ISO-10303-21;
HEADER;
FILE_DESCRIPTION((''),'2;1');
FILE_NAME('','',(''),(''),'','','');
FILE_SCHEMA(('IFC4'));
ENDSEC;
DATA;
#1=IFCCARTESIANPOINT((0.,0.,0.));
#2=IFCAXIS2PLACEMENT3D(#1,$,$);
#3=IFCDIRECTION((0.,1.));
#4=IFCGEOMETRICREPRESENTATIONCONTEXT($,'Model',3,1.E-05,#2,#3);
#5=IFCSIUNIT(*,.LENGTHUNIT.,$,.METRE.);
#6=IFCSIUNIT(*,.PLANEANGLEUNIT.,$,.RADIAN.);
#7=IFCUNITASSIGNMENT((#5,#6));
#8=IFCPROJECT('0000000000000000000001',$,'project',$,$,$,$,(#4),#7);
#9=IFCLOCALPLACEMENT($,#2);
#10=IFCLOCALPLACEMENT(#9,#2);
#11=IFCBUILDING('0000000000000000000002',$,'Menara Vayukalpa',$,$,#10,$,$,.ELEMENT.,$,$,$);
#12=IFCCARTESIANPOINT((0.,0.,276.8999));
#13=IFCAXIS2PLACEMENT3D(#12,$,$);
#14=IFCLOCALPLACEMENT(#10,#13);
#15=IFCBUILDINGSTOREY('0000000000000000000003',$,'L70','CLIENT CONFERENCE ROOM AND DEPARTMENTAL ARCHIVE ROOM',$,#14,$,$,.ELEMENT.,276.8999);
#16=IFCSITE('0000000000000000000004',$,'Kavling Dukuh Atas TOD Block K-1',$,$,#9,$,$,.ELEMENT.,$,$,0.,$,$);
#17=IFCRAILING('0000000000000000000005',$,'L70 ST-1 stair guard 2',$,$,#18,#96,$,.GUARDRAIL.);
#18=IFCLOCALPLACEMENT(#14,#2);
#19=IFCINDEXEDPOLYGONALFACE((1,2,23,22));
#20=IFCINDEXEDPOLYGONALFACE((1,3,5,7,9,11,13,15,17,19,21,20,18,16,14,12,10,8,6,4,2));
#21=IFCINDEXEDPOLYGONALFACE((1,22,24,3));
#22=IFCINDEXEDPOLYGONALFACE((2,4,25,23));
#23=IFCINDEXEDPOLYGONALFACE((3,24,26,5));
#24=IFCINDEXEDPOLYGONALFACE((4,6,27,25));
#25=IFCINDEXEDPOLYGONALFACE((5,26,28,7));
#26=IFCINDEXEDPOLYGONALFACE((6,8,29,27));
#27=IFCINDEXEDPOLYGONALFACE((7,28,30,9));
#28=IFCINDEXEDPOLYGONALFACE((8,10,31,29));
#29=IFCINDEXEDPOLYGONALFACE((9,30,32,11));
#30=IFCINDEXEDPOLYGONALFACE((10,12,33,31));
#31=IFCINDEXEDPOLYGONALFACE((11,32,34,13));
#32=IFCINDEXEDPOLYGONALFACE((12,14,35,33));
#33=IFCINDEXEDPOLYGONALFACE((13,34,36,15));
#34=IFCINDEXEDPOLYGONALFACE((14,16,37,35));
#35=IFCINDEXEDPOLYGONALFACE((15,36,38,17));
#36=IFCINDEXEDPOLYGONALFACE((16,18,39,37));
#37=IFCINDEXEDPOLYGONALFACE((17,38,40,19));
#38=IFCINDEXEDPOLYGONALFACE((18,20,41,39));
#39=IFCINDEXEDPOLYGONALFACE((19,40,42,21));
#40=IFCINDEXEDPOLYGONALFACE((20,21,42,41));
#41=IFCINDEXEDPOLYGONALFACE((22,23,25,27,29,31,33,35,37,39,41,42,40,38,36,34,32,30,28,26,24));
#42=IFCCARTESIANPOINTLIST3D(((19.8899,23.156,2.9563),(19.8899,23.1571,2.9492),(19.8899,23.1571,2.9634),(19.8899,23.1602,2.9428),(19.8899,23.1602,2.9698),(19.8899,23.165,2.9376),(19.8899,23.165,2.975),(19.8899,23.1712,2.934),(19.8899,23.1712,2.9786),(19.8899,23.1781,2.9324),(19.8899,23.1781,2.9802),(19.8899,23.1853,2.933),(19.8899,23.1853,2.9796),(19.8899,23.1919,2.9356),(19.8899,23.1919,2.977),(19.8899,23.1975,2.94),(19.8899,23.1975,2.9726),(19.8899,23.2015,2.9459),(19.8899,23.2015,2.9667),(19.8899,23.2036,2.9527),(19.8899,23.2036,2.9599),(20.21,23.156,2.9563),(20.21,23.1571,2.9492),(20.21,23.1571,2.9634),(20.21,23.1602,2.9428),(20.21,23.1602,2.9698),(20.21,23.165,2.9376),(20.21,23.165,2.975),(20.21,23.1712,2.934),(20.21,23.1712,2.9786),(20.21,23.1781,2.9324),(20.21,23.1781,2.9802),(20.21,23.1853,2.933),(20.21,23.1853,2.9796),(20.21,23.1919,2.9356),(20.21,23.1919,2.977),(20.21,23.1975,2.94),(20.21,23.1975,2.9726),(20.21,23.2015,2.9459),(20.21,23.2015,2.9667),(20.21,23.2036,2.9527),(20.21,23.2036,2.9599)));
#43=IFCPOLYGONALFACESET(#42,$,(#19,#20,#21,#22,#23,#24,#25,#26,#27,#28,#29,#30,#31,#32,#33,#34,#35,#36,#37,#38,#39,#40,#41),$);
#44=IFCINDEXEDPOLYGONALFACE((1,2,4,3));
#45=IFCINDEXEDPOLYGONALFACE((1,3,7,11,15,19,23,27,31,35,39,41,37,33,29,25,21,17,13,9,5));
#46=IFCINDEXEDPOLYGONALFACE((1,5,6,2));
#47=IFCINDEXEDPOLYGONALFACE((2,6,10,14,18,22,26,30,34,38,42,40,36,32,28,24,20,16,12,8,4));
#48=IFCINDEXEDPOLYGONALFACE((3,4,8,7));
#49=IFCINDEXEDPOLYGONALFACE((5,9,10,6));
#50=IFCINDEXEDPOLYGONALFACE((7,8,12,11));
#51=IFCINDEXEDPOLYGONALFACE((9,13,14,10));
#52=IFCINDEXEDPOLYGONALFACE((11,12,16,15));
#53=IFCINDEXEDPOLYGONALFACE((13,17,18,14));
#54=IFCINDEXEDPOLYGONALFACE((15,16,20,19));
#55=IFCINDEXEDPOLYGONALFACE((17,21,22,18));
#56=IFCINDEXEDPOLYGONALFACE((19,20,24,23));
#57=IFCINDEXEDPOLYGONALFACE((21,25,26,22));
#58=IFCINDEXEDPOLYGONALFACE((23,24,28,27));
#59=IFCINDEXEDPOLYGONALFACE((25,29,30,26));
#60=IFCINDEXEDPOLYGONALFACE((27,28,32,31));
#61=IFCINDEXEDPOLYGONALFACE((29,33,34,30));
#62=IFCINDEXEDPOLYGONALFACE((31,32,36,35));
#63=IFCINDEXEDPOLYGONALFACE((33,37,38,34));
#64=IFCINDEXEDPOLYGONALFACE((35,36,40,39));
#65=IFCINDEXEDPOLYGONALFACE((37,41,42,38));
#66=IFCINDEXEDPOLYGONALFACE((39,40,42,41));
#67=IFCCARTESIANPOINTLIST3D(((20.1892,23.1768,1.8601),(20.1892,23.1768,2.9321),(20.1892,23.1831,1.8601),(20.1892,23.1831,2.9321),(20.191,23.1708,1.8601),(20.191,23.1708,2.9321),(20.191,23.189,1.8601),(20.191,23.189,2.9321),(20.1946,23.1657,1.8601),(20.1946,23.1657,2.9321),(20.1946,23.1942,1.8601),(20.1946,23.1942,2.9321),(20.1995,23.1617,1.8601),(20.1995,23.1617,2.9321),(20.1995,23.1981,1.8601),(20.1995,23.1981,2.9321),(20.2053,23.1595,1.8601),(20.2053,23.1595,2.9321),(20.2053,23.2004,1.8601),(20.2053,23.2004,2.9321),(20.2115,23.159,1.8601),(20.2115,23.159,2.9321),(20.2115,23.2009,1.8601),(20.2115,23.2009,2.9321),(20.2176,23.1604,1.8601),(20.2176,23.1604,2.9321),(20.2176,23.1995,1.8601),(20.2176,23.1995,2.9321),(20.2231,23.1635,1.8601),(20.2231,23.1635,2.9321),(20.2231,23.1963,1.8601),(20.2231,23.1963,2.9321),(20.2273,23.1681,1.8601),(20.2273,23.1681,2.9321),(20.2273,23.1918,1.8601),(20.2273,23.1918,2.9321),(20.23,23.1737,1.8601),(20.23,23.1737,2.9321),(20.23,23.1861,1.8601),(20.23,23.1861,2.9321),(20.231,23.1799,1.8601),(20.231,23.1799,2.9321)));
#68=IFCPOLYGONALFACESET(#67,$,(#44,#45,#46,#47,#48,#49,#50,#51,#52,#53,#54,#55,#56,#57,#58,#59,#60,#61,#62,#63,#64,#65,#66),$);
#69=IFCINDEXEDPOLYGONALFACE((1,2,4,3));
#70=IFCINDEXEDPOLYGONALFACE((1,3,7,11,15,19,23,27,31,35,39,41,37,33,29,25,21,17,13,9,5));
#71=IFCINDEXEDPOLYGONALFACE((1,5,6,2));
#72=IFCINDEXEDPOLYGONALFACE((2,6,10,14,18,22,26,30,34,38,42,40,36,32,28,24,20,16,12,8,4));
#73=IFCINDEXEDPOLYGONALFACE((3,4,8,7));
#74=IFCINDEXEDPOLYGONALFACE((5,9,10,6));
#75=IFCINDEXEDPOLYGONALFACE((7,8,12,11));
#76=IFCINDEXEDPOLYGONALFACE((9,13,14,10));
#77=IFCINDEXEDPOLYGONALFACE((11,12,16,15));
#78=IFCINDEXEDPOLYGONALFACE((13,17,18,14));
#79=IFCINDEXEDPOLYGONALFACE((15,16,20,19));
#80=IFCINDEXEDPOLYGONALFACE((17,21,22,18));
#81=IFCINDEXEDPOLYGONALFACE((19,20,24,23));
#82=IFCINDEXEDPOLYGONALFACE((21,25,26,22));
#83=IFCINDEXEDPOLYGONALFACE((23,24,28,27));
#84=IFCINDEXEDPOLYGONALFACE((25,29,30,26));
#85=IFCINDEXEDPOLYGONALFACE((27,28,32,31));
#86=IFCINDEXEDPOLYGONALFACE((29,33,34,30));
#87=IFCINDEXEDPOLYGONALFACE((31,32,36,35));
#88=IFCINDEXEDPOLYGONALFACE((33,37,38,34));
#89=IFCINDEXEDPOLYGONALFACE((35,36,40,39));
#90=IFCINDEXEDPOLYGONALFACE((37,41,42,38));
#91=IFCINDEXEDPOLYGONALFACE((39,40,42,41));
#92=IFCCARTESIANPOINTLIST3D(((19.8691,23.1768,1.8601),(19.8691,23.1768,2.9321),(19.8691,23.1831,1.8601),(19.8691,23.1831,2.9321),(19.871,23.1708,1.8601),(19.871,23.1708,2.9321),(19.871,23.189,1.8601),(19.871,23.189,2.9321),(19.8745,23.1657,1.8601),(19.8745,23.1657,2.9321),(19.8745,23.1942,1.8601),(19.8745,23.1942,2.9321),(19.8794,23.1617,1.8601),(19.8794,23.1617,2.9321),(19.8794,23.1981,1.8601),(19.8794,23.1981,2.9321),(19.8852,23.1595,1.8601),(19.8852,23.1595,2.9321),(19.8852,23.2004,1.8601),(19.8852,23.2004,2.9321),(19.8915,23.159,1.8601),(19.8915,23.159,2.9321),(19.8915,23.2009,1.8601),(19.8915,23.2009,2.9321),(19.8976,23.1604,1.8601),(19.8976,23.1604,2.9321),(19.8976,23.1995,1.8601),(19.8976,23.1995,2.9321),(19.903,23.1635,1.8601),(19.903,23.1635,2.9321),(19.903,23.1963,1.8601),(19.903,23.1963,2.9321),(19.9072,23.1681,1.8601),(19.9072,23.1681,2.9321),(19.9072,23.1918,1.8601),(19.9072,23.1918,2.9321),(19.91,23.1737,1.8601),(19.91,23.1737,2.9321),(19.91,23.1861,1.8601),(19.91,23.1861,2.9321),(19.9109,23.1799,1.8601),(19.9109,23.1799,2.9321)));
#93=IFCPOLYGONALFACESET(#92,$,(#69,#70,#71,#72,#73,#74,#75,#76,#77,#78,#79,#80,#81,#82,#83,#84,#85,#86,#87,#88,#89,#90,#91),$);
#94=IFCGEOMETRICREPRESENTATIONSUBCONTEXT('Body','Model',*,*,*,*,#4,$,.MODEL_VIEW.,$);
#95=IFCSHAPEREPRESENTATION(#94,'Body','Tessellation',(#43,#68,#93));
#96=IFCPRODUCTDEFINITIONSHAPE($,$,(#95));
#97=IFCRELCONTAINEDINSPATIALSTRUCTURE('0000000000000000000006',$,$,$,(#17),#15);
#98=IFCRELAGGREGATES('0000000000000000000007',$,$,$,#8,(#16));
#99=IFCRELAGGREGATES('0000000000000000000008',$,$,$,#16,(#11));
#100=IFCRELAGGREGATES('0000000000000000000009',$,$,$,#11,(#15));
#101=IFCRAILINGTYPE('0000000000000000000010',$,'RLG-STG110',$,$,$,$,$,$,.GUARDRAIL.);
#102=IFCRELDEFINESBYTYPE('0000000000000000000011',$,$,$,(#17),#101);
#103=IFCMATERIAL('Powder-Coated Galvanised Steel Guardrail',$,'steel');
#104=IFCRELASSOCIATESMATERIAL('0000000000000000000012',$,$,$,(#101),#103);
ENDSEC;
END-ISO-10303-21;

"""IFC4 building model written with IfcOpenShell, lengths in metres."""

from ifc_helpers import new_model, si_unit, direction, frame, origin, origin_2d, place, context, subcontext, project, spatial, circle, extrude, material, type_object, element, save


model = new_model("IFC4")

# Units and contexts
model_context = context("Model", 3, precision=1e-05, world=origin(), true_north=direction((0.0, 1.0)))
body_context = subcontext(model_context, "Body", "Model", "MODEL_VIEW")
ifc_project = project(units=[si_unit("LENGTHUNIT", "METRE"), si_unit("PLANEANGLEUNIT", "RADIAN")], contexts=[model_context])

# Site, building, storey
site_placement = place(None, origin())
site = spatial("IfcSite", under=ifc_project, at=site_placement, Name="Kavling Dukuh Atas TOD Block K-1", CompositionType="ELEMENT", RefElevation=0.0)
building_placement = place(site_placement, origin())
building = spatial("IfcBuilding", under=site, at=building_placement, Name="Menara Vayukalpa", CompositionType="ELEMENT")
storey_placement = place(building_placement, frame((0.0, 0.0, 276.8999)))
storey = spatial("IfcBuildingStorey", under=building, at=storey_placement, Name="L70", Description="CLIENT CONFERENCE ROOM AND DEPARTMENTAL ARCHIVE ROOM", CompositionType="ELEMENT", Elevation=276.8999)

# Railing
ifc_material_1 = material(Name="Powder-Coated Galvanised Steel Guardrail", Category="steel")
railing_type_1 = type_object("IfcRailingType", Name="RLG-STG110", PredefinedType="GUARDRAIL", material=ifc_material_1)
railing_1_placement = place(storey_placement, frame((20.21, 23.1799, 1.8601)))
element("IfcRailing", 1, at=railing_1_placement, inside=storey, type_object=railing_type_1, Name="L70 ST-1 stair guard 2", PredefinedType="GUARDRAIL", context=body_context, shape_type="SweptSolid", body=[
    extrude(circle(Radius=0.0239, at=origin_2d()), frame((0.0, 0.0, 1.0962), z_axis=(-1.0, 0.0, 0.0), x_axis=(0.0, -1.0, 0.0)), (0.0, 0.0, 1.0), 0.3201),
    extrude(circle(Radius=0.021, at=origin_2d()), origin(), (0.0, 0.0, 1.0), 1.072),
    extrude(circle(Radius=0.021, at=origin_2d()), frame((-0.3201, 0.0, 0.0)), (0.0, 0.0, 1.0), 1.072),
])

save(model, "model.ifc")
